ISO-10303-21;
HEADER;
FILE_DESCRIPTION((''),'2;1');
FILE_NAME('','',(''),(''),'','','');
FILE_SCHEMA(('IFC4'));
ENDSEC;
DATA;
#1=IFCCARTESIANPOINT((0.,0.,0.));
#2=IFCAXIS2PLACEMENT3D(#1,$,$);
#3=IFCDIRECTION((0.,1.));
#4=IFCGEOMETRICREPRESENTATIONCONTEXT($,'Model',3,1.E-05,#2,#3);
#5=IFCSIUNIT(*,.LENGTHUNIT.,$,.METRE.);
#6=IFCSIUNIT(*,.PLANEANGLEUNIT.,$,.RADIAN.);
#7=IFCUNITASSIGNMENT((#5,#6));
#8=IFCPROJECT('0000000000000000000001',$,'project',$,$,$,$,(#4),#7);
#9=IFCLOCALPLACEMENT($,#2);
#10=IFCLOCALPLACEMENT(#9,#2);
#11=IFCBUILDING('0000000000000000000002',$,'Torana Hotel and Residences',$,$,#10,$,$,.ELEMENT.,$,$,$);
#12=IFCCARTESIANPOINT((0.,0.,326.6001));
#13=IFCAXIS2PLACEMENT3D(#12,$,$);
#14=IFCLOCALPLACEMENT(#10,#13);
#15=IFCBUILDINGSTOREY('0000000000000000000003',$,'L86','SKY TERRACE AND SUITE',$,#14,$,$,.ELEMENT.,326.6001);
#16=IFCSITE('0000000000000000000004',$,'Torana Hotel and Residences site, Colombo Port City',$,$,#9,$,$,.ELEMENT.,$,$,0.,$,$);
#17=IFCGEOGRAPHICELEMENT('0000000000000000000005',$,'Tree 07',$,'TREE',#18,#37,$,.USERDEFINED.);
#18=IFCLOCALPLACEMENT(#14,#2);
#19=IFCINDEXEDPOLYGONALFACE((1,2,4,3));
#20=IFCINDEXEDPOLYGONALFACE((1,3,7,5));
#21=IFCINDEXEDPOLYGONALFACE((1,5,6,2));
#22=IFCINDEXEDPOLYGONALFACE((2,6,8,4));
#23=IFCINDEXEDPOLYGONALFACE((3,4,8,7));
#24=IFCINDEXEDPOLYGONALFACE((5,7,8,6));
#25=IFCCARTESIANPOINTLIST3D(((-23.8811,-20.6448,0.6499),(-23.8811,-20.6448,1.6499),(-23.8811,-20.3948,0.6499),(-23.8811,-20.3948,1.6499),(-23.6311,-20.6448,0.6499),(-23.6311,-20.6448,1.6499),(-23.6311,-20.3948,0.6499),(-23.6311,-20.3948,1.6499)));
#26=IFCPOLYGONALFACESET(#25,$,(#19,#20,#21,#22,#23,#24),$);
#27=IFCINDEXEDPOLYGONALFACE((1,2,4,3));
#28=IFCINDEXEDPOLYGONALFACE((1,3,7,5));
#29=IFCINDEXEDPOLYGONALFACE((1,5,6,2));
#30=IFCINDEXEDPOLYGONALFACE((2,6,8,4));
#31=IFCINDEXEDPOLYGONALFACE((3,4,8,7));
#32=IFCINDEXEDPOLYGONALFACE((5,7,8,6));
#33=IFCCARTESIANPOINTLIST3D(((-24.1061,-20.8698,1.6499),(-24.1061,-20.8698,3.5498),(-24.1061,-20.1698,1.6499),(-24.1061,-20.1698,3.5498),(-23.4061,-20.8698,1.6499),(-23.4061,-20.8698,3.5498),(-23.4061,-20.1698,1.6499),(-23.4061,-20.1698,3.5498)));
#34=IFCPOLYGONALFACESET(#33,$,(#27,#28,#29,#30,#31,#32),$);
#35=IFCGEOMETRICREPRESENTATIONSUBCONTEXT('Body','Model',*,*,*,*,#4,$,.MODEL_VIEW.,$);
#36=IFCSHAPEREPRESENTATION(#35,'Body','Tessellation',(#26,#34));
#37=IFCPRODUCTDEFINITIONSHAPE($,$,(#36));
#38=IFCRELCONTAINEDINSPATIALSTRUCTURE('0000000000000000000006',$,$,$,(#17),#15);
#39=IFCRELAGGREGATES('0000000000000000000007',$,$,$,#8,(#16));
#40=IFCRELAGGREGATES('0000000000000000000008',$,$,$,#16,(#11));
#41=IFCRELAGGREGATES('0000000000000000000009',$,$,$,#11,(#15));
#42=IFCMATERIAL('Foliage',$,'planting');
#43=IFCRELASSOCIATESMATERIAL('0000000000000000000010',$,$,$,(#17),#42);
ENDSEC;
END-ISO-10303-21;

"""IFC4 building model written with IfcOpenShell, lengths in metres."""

from ifc_helpers import new_model, si_unit, direction, frame, origin, origin_2d, place, context, subcontext, project, spatial, rectangle, extrude, material, element, save


model = new_model("IFC4")

# Units and contexts
model_context = context("Model", 3, precision=1e-05, world=origin(), true_north=direction((0.0, 1.0)))
body_context = subcontext(model_context, "Body", "Model", "MODEL_VIEW")
ifc_project = project(units=[si_unit("LENGTHUNIT", "METRE"), si_unit("PLANEANGLEUNIT", "RADIAN")], contexts=[model_context])

# Site, building, storey
site_placement = place(None, origin())
site = spatial("IfcSite", under=ifc_project, at=site_placement, Name="Torana Hotel and Residences site, Colombo Port City", CompositionType="ELEMENT", RefElevation=0.0)
building_placement = place(site_placement, origin())
building = spatial("IfcBuilding", under=site, at=building_placement, Name="Torana Hotel and Residences", CompositionType="ELEMENT")
storey_placement = place(building_placement, frame((0.0, 0.0, 326.6001)))
storey = spatial("IfcBuildingStorey", under=building, at=storey_placement, Name="L86", Description="SKY TERRACE AND SUITE", CompositionType="ELEMENT", Elevation=326.6001)

# Geographic element
ifc_material_1 = material(Name="Foliage", Category="planting")
geographic_element_placement = place(storey_placement, frame((-23.7561, -20.5198, 0.6499), z_axis=(0.0, 0.0, 1.0), x_axis=(1.0, 0.0, 0.0)))
element("IfcGeographicElement", 1, at=geographic_element_placement, inside=storey, material=ifc_material_1, Name="Tree 07", ObjectType="TREE", PredefinedType="USERDEFINED", context=body_context, shape_type="SweptSolid", body=[
    extrude(rectangle(XDim=0.25, YDim=0.25, at=origin_2d()), origin(), (0.0, 0.0, 1.0), 1.0),
    extrude(rectangle(XDim=0.7, YDim=0.7, at=origin_2d()), frame((0.0, 0.0, 1.0)), (0.0, 0.0, 1.0), 1.8999),
])

save(model, "model.ifc")
